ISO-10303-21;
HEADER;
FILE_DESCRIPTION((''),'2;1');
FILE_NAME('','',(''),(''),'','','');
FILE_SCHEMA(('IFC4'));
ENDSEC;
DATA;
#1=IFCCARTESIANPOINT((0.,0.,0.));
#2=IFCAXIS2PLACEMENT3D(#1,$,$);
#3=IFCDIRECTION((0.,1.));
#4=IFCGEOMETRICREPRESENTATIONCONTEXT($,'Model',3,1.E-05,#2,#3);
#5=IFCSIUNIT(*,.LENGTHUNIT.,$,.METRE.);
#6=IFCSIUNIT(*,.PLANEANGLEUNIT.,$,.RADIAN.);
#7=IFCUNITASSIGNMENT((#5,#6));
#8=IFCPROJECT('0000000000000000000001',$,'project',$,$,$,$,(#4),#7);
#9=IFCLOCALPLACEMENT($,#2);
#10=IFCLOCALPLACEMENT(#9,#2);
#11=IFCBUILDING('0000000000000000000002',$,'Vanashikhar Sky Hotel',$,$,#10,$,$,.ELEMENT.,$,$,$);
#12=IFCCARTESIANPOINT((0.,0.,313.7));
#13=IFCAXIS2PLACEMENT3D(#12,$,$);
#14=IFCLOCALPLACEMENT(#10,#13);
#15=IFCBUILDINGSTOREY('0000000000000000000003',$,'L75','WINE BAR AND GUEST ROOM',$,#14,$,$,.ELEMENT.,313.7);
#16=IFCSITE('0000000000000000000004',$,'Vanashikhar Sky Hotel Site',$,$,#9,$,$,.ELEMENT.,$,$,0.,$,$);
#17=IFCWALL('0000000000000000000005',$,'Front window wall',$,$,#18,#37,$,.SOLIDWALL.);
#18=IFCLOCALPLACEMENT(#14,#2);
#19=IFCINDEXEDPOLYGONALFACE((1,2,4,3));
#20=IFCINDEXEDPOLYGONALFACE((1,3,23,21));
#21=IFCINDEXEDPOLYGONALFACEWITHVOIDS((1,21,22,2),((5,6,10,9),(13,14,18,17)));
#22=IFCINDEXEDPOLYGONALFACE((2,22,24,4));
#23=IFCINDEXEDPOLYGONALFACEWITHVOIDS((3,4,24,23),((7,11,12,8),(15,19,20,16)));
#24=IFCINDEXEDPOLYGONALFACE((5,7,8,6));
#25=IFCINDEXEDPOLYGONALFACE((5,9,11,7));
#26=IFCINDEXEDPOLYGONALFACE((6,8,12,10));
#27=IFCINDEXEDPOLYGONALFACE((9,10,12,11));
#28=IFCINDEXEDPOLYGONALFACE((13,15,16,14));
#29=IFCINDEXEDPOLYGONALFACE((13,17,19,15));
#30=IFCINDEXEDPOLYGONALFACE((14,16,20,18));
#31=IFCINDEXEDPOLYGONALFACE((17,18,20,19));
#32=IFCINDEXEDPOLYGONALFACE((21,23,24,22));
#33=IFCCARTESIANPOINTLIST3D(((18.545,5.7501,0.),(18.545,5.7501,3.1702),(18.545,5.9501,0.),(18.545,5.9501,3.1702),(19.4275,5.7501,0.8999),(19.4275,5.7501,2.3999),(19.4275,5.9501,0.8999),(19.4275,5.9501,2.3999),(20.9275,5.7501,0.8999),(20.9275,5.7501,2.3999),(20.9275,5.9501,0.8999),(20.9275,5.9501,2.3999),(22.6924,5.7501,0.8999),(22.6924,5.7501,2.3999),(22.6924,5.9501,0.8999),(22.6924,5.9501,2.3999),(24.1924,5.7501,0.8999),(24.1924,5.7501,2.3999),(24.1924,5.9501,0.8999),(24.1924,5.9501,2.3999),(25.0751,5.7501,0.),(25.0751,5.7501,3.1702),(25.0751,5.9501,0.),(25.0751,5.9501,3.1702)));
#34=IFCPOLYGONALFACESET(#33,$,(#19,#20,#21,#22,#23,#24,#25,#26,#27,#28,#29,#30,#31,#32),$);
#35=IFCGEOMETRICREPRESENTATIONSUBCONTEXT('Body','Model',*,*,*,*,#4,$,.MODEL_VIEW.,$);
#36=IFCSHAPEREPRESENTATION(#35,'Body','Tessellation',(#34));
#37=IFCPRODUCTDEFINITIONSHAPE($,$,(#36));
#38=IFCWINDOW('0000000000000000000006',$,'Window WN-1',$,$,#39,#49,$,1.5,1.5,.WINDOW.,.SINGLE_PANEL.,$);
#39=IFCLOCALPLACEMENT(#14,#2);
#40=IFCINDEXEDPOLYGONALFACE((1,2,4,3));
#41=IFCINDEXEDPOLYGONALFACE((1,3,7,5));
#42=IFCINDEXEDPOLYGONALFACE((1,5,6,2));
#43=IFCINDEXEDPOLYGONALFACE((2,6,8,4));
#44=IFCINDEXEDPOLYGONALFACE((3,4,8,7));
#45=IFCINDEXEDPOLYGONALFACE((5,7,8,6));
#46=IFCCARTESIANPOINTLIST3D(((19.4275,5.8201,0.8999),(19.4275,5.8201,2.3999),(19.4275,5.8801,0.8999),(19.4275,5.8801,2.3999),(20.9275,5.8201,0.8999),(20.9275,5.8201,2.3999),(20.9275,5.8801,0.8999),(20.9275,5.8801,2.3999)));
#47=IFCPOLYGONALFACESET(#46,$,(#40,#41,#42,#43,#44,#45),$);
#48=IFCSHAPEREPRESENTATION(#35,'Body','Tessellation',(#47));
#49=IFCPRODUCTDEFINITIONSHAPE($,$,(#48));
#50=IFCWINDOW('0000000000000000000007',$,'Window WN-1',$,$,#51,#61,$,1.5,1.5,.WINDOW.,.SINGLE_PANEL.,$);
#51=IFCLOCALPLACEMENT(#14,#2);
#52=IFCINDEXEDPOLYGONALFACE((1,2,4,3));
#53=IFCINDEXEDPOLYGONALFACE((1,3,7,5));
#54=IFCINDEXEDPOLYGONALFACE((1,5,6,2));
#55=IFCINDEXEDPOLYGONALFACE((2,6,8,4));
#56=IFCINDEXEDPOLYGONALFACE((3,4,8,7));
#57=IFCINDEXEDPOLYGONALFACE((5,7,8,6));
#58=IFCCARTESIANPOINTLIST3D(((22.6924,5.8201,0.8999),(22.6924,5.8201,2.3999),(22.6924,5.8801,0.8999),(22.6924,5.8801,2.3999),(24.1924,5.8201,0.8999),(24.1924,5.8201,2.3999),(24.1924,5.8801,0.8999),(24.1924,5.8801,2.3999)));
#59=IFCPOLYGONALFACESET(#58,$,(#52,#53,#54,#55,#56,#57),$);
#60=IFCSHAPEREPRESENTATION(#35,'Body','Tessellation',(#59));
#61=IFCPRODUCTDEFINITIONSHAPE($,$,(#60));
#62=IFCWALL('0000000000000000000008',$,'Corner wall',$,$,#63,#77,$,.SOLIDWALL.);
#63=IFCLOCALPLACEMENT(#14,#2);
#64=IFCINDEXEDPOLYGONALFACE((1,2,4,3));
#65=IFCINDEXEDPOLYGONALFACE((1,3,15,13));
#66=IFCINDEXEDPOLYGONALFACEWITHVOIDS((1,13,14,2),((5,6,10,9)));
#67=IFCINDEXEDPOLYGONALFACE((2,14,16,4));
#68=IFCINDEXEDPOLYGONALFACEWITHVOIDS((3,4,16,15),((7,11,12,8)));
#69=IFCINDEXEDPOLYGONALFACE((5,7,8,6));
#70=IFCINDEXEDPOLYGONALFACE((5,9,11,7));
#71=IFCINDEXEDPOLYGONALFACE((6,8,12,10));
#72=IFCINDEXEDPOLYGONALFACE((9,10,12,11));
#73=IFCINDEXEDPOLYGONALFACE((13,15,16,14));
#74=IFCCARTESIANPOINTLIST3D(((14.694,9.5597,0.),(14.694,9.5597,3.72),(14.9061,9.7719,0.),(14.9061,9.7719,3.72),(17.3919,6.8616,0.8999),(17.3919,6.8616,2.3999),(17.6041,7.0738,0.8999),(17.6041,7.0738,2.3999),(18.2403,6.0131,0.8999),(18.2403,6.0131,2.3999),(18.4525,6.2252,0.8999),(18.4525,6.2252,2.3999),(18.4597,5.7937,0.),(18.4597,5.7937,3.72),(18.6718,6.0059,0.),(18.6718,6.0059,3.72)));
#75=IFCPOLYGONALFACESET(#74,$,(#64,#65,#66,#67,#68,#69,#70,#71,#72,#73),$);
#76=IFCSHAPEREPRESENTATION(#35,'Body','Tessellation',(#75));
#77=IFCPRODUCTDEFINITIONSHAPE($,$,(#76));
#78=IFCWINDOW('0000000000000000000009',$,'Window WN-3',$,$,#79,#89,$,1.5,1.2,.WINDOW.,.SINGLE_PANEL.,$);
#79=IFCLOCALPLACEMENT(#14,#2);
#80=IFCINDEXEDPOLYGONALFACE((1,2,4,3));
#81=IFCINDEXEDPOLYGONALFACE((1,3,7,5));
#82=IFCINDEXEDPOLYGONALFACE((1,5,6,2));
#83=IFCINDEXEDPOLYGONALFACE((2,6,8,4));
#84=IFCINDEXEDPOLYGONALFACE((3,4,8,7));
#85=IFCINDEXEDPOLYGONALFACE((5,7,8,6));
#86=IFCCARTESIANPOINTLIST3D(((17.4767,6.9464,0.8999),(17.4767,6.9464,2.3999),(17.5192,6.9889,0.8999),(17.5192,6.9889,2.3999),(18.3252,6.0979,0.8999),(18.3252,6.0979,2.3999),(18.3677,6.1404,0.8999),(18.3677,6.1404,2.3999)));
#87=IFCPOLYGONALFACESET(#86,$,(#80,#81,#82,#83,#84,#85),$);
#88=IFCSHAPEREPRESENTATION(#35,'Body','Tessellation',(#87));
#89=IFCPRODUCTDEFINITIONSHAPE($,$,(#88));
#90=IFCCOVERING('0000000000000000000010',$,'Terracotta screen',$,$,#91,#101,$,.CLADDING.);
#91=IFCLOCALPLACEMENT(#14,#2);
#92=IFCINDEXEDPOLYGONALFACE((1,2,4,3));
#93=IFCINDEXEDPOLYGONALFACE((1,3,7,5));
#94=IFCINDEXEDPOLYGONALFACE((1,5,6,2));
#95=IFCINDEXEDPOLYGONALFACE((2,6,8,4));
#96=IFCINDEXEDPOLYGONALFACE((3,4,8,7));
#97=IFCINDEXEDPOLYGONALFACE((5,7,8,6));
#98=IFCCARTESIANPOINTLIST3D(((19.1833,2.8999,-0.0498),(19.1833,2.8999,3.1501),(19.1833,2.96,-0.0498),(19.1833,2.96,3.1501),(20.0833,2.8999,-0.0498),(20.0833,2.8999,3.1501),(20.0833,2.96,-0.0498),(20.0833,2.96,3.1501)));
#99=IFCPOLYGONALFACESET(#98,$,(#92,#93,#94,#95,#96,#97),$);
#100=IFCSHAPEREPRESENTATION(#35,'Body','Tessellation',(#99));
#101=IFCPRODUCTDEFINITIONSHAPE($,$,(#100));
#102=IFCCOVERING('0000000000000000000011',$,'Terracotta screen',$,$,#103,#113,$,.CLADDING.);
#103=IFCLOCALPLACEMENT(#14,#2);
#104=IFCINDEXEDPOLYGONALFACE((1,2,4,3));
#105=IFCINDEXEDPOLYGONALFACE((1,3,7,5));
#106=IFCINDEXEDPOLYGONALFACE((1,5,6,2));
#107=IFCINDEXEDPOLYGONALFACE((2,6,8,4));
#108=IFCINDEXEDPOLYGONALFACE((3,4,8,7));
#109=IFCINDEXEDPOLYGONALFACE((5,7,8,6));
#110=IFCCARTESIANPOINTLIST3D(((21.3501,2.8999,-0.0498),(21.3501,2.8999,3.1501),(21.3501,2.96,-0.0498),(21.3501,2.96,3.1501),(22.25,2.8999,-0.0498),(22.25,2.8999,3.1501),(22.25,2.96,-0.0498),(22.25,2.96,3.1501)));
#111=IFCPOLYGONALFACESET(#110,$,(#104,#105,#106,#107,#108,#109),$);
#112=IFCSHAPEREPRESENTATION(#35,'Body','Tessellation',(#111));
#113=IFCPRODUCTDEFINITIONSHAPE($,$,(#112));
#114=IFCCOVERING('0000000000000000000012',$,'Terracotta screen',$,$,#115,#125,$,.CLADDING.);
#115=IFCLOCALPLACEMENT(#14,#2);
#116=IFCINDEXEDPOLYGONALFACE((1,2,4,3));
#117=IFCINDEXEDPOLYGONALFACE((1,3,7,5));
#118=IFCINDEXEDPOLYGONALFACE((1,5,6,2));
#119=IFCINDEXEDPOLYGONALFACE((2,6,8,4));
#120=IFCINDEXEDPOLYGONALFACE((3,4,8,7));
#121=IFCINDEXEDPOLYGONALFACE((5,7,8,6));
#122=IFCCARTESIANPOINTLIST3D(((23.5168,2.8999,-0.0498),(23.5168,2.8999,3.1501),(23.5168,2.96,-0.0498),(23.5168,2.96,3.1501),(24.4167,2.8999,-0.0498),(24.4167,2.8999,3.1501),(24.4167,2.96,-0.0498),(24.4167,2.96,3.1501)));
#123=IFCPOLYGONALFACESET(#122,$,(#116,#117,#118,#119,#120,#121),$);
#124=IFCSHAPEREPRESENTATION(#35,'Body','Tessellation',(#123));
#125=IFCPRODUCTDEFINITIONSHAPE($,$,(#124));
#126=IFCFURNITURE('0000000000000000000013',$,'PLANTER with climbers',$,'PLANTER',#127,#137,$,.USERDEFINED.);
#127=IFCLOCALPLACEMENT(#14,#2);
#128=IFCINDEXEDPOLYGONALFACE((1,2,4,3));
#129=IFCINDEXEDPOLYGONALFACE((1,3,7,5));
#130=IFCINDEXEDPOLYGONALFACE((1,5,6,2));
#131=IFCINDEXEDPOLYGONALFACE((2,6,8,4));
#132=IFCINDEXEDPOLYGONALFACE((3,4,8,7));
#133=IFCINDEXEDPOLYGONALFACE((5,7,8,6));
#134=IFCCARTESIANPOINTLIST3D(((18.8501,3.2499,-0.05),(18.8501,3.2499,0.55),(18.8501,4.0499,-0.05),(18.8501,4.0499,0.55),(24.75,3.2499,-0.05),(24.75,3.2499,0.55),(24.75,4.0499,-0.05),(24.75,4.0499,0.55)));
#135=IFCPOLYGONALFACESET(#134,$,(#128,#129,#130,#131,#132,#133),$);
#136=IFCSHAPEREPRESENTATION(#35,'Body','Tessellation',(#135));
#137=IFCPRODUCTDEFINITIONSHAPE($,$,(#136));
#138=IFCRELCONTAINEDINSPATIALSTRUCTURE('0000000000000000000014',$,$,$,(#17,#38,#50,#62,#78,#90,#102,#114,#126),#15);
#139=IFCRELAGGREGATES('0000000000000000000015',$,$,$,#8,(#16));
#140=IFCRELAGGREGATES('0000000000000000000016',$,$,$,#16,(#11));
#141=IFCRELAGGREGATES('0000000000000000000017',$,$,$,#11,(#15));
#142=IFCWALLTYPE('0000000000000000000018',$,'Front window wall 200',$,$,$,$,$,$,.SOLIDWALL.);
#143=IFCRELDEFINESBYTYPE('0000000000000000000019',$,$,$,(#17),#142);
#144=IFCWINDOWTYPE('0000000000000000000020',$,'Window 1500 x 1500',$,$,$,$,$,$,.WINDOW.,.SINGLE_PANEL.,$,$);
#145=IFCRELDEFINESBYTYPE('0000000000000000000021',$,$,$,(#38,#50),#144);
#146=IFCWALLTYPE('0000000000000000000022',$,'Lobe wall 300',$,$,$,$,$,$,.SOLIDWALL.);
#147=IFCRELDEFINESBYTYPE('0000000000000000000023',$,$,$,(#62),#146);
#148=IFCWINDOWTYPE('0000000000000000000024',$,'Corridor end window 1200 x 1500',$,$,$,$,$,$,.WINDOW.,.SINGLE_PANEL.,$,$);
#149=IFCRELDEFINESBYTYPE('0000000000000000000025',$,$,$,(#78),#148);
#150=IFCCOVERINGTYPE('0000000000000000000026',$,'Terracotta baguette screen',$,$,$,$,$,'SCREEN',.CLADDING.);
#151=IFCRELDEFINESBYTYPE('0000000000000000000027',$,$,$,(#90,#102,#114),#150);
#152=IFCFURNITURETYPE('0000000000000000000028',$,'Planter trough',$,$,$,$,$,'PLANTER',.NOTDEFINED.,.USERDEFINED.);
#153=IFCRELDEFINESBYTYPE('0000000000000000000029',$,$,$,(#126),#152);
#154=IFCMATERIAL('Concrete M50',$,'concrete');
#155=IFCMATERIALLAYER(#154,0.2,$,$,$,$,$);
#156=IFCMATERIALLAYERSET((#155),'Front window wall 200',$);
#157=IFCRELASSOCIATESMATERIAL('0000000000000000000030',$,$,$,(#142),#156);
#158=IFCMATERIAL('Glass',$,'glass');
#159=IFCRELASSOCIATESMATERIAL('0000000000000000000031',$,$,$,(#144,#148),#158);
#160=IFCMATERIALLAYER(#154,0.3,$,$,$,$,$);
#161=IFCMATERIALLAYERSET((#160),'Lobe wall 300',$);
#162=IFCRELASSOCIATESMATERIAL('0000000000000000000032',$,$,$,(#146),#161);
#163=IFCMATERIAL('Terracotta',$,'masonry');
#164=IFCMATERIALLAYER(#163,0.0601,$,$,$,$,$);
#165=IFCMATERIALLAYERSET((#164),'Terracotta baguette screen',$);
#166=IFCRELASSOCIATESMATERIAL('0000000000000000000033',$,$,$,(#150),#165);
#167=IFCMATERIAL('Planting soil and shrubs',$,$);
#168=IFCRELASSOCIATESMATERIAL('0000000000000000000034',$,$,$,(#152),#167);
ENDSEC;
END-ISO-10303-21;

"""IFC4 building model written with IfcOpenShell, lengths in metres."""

from ifc_helpers import new_model, si_unit, direction, frame, frame_2d, origin, origin_2d, place, context, subcontext, project, spatial, rectangle, extrude, source, transform, mapped, material, layer, layer_set, type_object, element, fill, save


model = new_model("IFC4")

# Units and contexts
model_context = context("Model", 3, precision=1e-05, world=origin(), true_north=direction((0.0, 1.0)))
body_context = subcontext(model_context, "Body", "Model", "MODEL_VIEW")
ifc_project = project(units=[si_unit("LENGTHUNIT", "METRE"), si_unit("PLANEANGLEUNIT", "RADIAN")], contexts=[model_context])

# Site, building, storey
site_placement = place(None, origin())
site = spatial("IfcSite", under=ifc_project, at=site_placement, Name="Vanashikhar Sky Hotel Site", CompositionType="ELEMENT", RefElevation=0.0)
building_placement = place(site_placement, origin())
building = spatial("IfcBuilding", under=site, at=building_placement, Name="Vanashikhar Sky Hotel", CompositionType="ELEMENT")
storey_placement = place(building_placement, frame((0.0, 0.0, 313.7)))
storey = spatial("IfcBuildingStorey", under=building, at=storey_placement, Name="L75", Description="WINE BAR AND GUEST ROOM", CompositionType="ELEMENT", Elevation=313.7)

# Shared definitions
ifc_material_1 = material(Name="Concrete M50", Category="concrete")

# Wall, openings, windows
ifc_layer_1 = layer(ifc_material_1, 0.2)
ifc_layer_set_1 = layer_set([ifc_layer_1], Name="Front window wall 200")
wall_type_1 = type_object("IfcWallType", Name="Front window wall 200", PredefinedType="SOLIDWALL", material=ifc_layer_set_1)
shared_shape_1 = source(origin(), body_context, "Body", "SweptSolid", [
    extrude(rectangle(XDim=6.53, YDim=0.2, at=frame_2d((3.2651, 0.0))), origin(), (0.0, 0.0, 1.0), 3.1702),
])
wall_1_placement = place(storey_placement, frame((18.5449, 5.8501, 0.0), z_axis=(0.0, 0.0, 1.0), x_axis=(1.0, 0.0, 0.0)))
wall_1 = element("IfcWall", 1, at=wall_1_placement, inside=storey, type_object=wall_type_1, Name="Front window wall", PredefinedType="SOLIDWALL", context=body_context, shape_type="MappedRepresentation", body=[
    mapped(shared_shape_1, transform((0.0, 0.0, 0.0), scale=1.0)),
])
shared_shape_2 = source(origin(), body_context, "Body", "SweptSolid", [
    extrude(rectangle(XDim=1.5, YDim=1.5, at=frame_2d((0.75, 0.75))), frame((0.0, 0.1099, 0.0), z_axis=(0.0, -1.0, 0.0), x_axis=(1.0, 0.0, 0.0)), (0.0, 0.0, 1.0), 0.22),
])
opening_1_placement = place(wall_1_placement, frame((0.8826, 0.0, 0.8999)))
opening_1 = element("IfcOpeningElement", 2, at=opening_1_placement, cuts=wall_1, PredefinedType="OPENING", context=body_context, shape_type="MappedRepresentation", body=[
    mapped(shared_shape_2, transform((0.0, 0.0, 0.0), scale=1.0)),
])
opening_2_placement = place(wall_1_placement, frame((4.1475, 0.0, 0.8999)))
opening_2 = element("IfcOpeningElement", 3, at=opening_2_placement, cuts=wall_1, PredefinedType="OPENING", context=body_context, shape_type="MappedRepresentation", body=[
    mapped(shared_shape_2, transform((0.0, 0.0, 0.0), scale=1.0)),
])
ifc_material_2 = material(Name="Glass", Category="glass")
window_type_1 = type_object("IfcWindowType", Name="Window 1500 x 1500", PartitioningType="SINGLE_PANEL", PredefinedType="WINDOW", material=ifc_material_2)
shared_shape_3 = source(origin(), body_context, "Body", "SweptSolid", [
    extrude(rectangle(XDim=1.5, YDim=1.5, at=frame_2d((0.75, 0.75))), frame((0.0, 0.03, 0.0), z_axis=(0.0, -1.0, 0.0), x_axis=(1.0, 0.0, 0.0)), (0.0, 0.0, 1.0), 0.0601),
])
window_1_placement = place(opening_1_placement, origin())
window_1 = element("IfcWindow", 4, at=window_1_placement, inside=storey, type_object=window_type_1, Name="Window WN-1", OverallHeight=1.5, OverallWidth=1.5, PartitioningType="SINGLE_PANEL", PredefinedType="WINDOW", context=body_context, shape_type="MappedRepresentation", body=[
    mapped(shared_shape_3, transform((0.0, 0.0, 0.0), scale=1.0)),
])
fill(opening_1, window_1)
window_2_placement = place(opening_2_placement, origin())
window_2 = element("IfcWindow", 5, at=window_2_placement, inside=storey, type_object=window_type_1, Name="Window WN-1", OverallHeight=1.5, OverallWidth=1.5, PartitioningType="SINGLE_PANEL", PredefinedType="WINDOW", context=body_context, shape_type="MappedRepresentation", body=[
    mapped(shared_shape_3, transform((0.0, 0.0, 0.0), scale=1.0)),
])
fill(opening_2, window_2)

# Wall, opening, window
ifc_layer_2 = layer(ifc_material_1, 0.3)
ifc_layer_set_2 = layer_set([ifc_layer_2], Name="Lobe wall 300")
wall_type_2 = type_object("IfcWallType", Name="Lobe wall 300", PredefinedType="SOLIDWALL", material=ifc_layer_set_2)
shared_shape_4 = source(origin(), body_context, "Body", "SweptSolid", [
    extrude(rectangle(XDim=5.3257, YDim=0.3, at=frame_2d((2.6628, 0.0))), origin(), (0.0, 0.0, 1.0), 3.72),
])
wall_2_placement = place(storey_placement, frame((14.8, 9.6658, 0.0), z_axis=(0.0, 0.0, 1.0), x_axis=(0.707084, -0.70713, 0.0)))
wall_2 = element("IfcWall", 6, at=wall_2_placement, inside=storey, type_object=wall_type_2, Name="Corner wall", PredefinedType="SOLIDWALL", context=body_context, shape_type="MappedRepresentation", body=[
    mapped(shared_shape_4, transform((0.0, 0.0, 0.0), scale=1.0)),
])
shared_shape_5 = source(origin(), body_context, "Body", "SweptSolid", [
    extrude(rectangle(XDim=1.2, YDim=1.5, at=frame_2d((0.6001, 0.75))), frame((0.0, 0.1602, 0.0), z_axis=(0.0, -1.0, 0.0), x_axis=(1.0, 0.0, 0.0)), (0.0, 0.0, 1.0), 0.3201),
])
opening_3_placement = place(wall_2_placement, frame((3.8154, 0.0, 0.8999)))
opening_3 = element("IfcOpeningElement", 7, at=opening_3_placement, cuts=wall_2, PredefinedType="OPENING", context=body_context, shape_type="MappedRepresentation", body=[
    mapped(shared_shape_5, transform((0.0, 0.0, 0.0), scale=1.0)),
])
window_type_2 = type_object("IfcWindowType", Name="Corridor end window 1200 x 1500", PartitioningType="SINGLE_PANEL", PredefinedType="WINDOW", material=ifc_material_2)
shared_shape_6 = source(origin(), body_context, "Body", "SweptSolid", [
    extrude(rectangle(XDim=1.2, YDim=1.5, at=frame_2d((0.6001, 0.75))), frame((0.0, 0.03, 0.0), z_axis=(0.0, -1.0, 0.0), x_axis=(1.0, 0.0, 0.0)), (0.0, 0.0, 1.0), 0.0601),
])
window_3_placement = place(opening_3_placement, origin())
window_3 = element("IfcWindow", 8, at=window_3_placement, inside=storey, type_object=window_type_2, Name="Window WN-3", OverallHeight=1.5, OverallWidth=1.2, PartitioningType="SINGLE_PANEL", PredefinedType="WINDOW", context=body_context, shape_type="MappedRepresentation", body=[
    mapped(shared_shape_6, transform((0.0, 0.0, 0.0), scale=1.0)),
])
fill(opening_3, window_3)

# Coverings
ifc_material_3 = material(Name="Terracotta", Category="masonry")
ifc_layer_3 = layer(ifc_material_3, 0.0601)
ifc_layer_set_3 = layer_set([ifc_layer_3], Name="Terracotta baguette screen")
covering_type = type_object("IfcCoveringType", Name="Terracotta baguette screen", ElementType="SCREEN", PredefinedType="CLADDING", material=ifc_layer_set_3)
shared_shape_7 = source(origin(), body_context, "Body", "SweptSolid", [
    extrude(rectangle(XDim=0.8999, YDim=0.0601, at=origin_2d()), origin(), (0.0, 0.0, 1.0), 3.2),
])
for number, where, z_axis, x_axis, name in (
    (9, (19.6333, 2.9299, -0.0498), (0.0, 0.0, 1.0), (1.0, 0.0, 0.0), "Terracotta screen"),
    (10, (21.8, 2.9299, -0.0498), (0.0, 0.0, 1.0), (1.0, 0.0, 0.0), "Terracotta screen"),
    (11, (23.9668, 2.9299, -0.0498), (0.0, 0.0, 1.0), (1.0, 0.0, 0.0), "Terracotta screen"),
):
    element("IfcCovering", number, at=place(storey_placement, frame(where, z_axis=z_axis, x_axis=x_axis)), inside=storey, type_object=covering_type, Name=name, PredefinedType="CLADDING", context=body_context, shape_type="MappedRepresentation", body=[
        mapped(shared_shape_7, transform((0.0, 0.0, 0.0), scale=1.0)),
    ])

# Furniture
ifc_material_4 = material(Name="Planting soil and shrubs")
furniture_type = type_object("IfcFurnitureType", Name="Planter trough", ElementType="PLANTER", AssemblyPlace="NOTDEFINED", PredefinedType="USERDEFINED", material=ifc_material_4)
shared_shape_8 = source(origin(), body_context, "Body", "SweptSolid", [
    extrude(rectangle(XDim=5.8999, YDim=0.8, at=origin_2d()), origin(), (0.0, 0.0, 1.0), 0.6001),
])
furniture_placement = place(storey_placement, frame((21.8, 3.6499, -0.05), z_axis=(0.0, 0.0, 1.0), x_axis=(1.0, 0.0, 0.0)))
element("IfcFurniture", 12, at=furniture_placement, inside=storey, type_object=furniture_type, Name="PLANTER with climbers", ObjectType="PLANTER", PredefinedType="USERDEFINED", context=body_context, shape_type="MappedRepresentation", body=[
    mapped(shared_shape_8, transform((0.0, 0.0, 0.0), scale=1.0)),
])

save(model, "model.ifc")
